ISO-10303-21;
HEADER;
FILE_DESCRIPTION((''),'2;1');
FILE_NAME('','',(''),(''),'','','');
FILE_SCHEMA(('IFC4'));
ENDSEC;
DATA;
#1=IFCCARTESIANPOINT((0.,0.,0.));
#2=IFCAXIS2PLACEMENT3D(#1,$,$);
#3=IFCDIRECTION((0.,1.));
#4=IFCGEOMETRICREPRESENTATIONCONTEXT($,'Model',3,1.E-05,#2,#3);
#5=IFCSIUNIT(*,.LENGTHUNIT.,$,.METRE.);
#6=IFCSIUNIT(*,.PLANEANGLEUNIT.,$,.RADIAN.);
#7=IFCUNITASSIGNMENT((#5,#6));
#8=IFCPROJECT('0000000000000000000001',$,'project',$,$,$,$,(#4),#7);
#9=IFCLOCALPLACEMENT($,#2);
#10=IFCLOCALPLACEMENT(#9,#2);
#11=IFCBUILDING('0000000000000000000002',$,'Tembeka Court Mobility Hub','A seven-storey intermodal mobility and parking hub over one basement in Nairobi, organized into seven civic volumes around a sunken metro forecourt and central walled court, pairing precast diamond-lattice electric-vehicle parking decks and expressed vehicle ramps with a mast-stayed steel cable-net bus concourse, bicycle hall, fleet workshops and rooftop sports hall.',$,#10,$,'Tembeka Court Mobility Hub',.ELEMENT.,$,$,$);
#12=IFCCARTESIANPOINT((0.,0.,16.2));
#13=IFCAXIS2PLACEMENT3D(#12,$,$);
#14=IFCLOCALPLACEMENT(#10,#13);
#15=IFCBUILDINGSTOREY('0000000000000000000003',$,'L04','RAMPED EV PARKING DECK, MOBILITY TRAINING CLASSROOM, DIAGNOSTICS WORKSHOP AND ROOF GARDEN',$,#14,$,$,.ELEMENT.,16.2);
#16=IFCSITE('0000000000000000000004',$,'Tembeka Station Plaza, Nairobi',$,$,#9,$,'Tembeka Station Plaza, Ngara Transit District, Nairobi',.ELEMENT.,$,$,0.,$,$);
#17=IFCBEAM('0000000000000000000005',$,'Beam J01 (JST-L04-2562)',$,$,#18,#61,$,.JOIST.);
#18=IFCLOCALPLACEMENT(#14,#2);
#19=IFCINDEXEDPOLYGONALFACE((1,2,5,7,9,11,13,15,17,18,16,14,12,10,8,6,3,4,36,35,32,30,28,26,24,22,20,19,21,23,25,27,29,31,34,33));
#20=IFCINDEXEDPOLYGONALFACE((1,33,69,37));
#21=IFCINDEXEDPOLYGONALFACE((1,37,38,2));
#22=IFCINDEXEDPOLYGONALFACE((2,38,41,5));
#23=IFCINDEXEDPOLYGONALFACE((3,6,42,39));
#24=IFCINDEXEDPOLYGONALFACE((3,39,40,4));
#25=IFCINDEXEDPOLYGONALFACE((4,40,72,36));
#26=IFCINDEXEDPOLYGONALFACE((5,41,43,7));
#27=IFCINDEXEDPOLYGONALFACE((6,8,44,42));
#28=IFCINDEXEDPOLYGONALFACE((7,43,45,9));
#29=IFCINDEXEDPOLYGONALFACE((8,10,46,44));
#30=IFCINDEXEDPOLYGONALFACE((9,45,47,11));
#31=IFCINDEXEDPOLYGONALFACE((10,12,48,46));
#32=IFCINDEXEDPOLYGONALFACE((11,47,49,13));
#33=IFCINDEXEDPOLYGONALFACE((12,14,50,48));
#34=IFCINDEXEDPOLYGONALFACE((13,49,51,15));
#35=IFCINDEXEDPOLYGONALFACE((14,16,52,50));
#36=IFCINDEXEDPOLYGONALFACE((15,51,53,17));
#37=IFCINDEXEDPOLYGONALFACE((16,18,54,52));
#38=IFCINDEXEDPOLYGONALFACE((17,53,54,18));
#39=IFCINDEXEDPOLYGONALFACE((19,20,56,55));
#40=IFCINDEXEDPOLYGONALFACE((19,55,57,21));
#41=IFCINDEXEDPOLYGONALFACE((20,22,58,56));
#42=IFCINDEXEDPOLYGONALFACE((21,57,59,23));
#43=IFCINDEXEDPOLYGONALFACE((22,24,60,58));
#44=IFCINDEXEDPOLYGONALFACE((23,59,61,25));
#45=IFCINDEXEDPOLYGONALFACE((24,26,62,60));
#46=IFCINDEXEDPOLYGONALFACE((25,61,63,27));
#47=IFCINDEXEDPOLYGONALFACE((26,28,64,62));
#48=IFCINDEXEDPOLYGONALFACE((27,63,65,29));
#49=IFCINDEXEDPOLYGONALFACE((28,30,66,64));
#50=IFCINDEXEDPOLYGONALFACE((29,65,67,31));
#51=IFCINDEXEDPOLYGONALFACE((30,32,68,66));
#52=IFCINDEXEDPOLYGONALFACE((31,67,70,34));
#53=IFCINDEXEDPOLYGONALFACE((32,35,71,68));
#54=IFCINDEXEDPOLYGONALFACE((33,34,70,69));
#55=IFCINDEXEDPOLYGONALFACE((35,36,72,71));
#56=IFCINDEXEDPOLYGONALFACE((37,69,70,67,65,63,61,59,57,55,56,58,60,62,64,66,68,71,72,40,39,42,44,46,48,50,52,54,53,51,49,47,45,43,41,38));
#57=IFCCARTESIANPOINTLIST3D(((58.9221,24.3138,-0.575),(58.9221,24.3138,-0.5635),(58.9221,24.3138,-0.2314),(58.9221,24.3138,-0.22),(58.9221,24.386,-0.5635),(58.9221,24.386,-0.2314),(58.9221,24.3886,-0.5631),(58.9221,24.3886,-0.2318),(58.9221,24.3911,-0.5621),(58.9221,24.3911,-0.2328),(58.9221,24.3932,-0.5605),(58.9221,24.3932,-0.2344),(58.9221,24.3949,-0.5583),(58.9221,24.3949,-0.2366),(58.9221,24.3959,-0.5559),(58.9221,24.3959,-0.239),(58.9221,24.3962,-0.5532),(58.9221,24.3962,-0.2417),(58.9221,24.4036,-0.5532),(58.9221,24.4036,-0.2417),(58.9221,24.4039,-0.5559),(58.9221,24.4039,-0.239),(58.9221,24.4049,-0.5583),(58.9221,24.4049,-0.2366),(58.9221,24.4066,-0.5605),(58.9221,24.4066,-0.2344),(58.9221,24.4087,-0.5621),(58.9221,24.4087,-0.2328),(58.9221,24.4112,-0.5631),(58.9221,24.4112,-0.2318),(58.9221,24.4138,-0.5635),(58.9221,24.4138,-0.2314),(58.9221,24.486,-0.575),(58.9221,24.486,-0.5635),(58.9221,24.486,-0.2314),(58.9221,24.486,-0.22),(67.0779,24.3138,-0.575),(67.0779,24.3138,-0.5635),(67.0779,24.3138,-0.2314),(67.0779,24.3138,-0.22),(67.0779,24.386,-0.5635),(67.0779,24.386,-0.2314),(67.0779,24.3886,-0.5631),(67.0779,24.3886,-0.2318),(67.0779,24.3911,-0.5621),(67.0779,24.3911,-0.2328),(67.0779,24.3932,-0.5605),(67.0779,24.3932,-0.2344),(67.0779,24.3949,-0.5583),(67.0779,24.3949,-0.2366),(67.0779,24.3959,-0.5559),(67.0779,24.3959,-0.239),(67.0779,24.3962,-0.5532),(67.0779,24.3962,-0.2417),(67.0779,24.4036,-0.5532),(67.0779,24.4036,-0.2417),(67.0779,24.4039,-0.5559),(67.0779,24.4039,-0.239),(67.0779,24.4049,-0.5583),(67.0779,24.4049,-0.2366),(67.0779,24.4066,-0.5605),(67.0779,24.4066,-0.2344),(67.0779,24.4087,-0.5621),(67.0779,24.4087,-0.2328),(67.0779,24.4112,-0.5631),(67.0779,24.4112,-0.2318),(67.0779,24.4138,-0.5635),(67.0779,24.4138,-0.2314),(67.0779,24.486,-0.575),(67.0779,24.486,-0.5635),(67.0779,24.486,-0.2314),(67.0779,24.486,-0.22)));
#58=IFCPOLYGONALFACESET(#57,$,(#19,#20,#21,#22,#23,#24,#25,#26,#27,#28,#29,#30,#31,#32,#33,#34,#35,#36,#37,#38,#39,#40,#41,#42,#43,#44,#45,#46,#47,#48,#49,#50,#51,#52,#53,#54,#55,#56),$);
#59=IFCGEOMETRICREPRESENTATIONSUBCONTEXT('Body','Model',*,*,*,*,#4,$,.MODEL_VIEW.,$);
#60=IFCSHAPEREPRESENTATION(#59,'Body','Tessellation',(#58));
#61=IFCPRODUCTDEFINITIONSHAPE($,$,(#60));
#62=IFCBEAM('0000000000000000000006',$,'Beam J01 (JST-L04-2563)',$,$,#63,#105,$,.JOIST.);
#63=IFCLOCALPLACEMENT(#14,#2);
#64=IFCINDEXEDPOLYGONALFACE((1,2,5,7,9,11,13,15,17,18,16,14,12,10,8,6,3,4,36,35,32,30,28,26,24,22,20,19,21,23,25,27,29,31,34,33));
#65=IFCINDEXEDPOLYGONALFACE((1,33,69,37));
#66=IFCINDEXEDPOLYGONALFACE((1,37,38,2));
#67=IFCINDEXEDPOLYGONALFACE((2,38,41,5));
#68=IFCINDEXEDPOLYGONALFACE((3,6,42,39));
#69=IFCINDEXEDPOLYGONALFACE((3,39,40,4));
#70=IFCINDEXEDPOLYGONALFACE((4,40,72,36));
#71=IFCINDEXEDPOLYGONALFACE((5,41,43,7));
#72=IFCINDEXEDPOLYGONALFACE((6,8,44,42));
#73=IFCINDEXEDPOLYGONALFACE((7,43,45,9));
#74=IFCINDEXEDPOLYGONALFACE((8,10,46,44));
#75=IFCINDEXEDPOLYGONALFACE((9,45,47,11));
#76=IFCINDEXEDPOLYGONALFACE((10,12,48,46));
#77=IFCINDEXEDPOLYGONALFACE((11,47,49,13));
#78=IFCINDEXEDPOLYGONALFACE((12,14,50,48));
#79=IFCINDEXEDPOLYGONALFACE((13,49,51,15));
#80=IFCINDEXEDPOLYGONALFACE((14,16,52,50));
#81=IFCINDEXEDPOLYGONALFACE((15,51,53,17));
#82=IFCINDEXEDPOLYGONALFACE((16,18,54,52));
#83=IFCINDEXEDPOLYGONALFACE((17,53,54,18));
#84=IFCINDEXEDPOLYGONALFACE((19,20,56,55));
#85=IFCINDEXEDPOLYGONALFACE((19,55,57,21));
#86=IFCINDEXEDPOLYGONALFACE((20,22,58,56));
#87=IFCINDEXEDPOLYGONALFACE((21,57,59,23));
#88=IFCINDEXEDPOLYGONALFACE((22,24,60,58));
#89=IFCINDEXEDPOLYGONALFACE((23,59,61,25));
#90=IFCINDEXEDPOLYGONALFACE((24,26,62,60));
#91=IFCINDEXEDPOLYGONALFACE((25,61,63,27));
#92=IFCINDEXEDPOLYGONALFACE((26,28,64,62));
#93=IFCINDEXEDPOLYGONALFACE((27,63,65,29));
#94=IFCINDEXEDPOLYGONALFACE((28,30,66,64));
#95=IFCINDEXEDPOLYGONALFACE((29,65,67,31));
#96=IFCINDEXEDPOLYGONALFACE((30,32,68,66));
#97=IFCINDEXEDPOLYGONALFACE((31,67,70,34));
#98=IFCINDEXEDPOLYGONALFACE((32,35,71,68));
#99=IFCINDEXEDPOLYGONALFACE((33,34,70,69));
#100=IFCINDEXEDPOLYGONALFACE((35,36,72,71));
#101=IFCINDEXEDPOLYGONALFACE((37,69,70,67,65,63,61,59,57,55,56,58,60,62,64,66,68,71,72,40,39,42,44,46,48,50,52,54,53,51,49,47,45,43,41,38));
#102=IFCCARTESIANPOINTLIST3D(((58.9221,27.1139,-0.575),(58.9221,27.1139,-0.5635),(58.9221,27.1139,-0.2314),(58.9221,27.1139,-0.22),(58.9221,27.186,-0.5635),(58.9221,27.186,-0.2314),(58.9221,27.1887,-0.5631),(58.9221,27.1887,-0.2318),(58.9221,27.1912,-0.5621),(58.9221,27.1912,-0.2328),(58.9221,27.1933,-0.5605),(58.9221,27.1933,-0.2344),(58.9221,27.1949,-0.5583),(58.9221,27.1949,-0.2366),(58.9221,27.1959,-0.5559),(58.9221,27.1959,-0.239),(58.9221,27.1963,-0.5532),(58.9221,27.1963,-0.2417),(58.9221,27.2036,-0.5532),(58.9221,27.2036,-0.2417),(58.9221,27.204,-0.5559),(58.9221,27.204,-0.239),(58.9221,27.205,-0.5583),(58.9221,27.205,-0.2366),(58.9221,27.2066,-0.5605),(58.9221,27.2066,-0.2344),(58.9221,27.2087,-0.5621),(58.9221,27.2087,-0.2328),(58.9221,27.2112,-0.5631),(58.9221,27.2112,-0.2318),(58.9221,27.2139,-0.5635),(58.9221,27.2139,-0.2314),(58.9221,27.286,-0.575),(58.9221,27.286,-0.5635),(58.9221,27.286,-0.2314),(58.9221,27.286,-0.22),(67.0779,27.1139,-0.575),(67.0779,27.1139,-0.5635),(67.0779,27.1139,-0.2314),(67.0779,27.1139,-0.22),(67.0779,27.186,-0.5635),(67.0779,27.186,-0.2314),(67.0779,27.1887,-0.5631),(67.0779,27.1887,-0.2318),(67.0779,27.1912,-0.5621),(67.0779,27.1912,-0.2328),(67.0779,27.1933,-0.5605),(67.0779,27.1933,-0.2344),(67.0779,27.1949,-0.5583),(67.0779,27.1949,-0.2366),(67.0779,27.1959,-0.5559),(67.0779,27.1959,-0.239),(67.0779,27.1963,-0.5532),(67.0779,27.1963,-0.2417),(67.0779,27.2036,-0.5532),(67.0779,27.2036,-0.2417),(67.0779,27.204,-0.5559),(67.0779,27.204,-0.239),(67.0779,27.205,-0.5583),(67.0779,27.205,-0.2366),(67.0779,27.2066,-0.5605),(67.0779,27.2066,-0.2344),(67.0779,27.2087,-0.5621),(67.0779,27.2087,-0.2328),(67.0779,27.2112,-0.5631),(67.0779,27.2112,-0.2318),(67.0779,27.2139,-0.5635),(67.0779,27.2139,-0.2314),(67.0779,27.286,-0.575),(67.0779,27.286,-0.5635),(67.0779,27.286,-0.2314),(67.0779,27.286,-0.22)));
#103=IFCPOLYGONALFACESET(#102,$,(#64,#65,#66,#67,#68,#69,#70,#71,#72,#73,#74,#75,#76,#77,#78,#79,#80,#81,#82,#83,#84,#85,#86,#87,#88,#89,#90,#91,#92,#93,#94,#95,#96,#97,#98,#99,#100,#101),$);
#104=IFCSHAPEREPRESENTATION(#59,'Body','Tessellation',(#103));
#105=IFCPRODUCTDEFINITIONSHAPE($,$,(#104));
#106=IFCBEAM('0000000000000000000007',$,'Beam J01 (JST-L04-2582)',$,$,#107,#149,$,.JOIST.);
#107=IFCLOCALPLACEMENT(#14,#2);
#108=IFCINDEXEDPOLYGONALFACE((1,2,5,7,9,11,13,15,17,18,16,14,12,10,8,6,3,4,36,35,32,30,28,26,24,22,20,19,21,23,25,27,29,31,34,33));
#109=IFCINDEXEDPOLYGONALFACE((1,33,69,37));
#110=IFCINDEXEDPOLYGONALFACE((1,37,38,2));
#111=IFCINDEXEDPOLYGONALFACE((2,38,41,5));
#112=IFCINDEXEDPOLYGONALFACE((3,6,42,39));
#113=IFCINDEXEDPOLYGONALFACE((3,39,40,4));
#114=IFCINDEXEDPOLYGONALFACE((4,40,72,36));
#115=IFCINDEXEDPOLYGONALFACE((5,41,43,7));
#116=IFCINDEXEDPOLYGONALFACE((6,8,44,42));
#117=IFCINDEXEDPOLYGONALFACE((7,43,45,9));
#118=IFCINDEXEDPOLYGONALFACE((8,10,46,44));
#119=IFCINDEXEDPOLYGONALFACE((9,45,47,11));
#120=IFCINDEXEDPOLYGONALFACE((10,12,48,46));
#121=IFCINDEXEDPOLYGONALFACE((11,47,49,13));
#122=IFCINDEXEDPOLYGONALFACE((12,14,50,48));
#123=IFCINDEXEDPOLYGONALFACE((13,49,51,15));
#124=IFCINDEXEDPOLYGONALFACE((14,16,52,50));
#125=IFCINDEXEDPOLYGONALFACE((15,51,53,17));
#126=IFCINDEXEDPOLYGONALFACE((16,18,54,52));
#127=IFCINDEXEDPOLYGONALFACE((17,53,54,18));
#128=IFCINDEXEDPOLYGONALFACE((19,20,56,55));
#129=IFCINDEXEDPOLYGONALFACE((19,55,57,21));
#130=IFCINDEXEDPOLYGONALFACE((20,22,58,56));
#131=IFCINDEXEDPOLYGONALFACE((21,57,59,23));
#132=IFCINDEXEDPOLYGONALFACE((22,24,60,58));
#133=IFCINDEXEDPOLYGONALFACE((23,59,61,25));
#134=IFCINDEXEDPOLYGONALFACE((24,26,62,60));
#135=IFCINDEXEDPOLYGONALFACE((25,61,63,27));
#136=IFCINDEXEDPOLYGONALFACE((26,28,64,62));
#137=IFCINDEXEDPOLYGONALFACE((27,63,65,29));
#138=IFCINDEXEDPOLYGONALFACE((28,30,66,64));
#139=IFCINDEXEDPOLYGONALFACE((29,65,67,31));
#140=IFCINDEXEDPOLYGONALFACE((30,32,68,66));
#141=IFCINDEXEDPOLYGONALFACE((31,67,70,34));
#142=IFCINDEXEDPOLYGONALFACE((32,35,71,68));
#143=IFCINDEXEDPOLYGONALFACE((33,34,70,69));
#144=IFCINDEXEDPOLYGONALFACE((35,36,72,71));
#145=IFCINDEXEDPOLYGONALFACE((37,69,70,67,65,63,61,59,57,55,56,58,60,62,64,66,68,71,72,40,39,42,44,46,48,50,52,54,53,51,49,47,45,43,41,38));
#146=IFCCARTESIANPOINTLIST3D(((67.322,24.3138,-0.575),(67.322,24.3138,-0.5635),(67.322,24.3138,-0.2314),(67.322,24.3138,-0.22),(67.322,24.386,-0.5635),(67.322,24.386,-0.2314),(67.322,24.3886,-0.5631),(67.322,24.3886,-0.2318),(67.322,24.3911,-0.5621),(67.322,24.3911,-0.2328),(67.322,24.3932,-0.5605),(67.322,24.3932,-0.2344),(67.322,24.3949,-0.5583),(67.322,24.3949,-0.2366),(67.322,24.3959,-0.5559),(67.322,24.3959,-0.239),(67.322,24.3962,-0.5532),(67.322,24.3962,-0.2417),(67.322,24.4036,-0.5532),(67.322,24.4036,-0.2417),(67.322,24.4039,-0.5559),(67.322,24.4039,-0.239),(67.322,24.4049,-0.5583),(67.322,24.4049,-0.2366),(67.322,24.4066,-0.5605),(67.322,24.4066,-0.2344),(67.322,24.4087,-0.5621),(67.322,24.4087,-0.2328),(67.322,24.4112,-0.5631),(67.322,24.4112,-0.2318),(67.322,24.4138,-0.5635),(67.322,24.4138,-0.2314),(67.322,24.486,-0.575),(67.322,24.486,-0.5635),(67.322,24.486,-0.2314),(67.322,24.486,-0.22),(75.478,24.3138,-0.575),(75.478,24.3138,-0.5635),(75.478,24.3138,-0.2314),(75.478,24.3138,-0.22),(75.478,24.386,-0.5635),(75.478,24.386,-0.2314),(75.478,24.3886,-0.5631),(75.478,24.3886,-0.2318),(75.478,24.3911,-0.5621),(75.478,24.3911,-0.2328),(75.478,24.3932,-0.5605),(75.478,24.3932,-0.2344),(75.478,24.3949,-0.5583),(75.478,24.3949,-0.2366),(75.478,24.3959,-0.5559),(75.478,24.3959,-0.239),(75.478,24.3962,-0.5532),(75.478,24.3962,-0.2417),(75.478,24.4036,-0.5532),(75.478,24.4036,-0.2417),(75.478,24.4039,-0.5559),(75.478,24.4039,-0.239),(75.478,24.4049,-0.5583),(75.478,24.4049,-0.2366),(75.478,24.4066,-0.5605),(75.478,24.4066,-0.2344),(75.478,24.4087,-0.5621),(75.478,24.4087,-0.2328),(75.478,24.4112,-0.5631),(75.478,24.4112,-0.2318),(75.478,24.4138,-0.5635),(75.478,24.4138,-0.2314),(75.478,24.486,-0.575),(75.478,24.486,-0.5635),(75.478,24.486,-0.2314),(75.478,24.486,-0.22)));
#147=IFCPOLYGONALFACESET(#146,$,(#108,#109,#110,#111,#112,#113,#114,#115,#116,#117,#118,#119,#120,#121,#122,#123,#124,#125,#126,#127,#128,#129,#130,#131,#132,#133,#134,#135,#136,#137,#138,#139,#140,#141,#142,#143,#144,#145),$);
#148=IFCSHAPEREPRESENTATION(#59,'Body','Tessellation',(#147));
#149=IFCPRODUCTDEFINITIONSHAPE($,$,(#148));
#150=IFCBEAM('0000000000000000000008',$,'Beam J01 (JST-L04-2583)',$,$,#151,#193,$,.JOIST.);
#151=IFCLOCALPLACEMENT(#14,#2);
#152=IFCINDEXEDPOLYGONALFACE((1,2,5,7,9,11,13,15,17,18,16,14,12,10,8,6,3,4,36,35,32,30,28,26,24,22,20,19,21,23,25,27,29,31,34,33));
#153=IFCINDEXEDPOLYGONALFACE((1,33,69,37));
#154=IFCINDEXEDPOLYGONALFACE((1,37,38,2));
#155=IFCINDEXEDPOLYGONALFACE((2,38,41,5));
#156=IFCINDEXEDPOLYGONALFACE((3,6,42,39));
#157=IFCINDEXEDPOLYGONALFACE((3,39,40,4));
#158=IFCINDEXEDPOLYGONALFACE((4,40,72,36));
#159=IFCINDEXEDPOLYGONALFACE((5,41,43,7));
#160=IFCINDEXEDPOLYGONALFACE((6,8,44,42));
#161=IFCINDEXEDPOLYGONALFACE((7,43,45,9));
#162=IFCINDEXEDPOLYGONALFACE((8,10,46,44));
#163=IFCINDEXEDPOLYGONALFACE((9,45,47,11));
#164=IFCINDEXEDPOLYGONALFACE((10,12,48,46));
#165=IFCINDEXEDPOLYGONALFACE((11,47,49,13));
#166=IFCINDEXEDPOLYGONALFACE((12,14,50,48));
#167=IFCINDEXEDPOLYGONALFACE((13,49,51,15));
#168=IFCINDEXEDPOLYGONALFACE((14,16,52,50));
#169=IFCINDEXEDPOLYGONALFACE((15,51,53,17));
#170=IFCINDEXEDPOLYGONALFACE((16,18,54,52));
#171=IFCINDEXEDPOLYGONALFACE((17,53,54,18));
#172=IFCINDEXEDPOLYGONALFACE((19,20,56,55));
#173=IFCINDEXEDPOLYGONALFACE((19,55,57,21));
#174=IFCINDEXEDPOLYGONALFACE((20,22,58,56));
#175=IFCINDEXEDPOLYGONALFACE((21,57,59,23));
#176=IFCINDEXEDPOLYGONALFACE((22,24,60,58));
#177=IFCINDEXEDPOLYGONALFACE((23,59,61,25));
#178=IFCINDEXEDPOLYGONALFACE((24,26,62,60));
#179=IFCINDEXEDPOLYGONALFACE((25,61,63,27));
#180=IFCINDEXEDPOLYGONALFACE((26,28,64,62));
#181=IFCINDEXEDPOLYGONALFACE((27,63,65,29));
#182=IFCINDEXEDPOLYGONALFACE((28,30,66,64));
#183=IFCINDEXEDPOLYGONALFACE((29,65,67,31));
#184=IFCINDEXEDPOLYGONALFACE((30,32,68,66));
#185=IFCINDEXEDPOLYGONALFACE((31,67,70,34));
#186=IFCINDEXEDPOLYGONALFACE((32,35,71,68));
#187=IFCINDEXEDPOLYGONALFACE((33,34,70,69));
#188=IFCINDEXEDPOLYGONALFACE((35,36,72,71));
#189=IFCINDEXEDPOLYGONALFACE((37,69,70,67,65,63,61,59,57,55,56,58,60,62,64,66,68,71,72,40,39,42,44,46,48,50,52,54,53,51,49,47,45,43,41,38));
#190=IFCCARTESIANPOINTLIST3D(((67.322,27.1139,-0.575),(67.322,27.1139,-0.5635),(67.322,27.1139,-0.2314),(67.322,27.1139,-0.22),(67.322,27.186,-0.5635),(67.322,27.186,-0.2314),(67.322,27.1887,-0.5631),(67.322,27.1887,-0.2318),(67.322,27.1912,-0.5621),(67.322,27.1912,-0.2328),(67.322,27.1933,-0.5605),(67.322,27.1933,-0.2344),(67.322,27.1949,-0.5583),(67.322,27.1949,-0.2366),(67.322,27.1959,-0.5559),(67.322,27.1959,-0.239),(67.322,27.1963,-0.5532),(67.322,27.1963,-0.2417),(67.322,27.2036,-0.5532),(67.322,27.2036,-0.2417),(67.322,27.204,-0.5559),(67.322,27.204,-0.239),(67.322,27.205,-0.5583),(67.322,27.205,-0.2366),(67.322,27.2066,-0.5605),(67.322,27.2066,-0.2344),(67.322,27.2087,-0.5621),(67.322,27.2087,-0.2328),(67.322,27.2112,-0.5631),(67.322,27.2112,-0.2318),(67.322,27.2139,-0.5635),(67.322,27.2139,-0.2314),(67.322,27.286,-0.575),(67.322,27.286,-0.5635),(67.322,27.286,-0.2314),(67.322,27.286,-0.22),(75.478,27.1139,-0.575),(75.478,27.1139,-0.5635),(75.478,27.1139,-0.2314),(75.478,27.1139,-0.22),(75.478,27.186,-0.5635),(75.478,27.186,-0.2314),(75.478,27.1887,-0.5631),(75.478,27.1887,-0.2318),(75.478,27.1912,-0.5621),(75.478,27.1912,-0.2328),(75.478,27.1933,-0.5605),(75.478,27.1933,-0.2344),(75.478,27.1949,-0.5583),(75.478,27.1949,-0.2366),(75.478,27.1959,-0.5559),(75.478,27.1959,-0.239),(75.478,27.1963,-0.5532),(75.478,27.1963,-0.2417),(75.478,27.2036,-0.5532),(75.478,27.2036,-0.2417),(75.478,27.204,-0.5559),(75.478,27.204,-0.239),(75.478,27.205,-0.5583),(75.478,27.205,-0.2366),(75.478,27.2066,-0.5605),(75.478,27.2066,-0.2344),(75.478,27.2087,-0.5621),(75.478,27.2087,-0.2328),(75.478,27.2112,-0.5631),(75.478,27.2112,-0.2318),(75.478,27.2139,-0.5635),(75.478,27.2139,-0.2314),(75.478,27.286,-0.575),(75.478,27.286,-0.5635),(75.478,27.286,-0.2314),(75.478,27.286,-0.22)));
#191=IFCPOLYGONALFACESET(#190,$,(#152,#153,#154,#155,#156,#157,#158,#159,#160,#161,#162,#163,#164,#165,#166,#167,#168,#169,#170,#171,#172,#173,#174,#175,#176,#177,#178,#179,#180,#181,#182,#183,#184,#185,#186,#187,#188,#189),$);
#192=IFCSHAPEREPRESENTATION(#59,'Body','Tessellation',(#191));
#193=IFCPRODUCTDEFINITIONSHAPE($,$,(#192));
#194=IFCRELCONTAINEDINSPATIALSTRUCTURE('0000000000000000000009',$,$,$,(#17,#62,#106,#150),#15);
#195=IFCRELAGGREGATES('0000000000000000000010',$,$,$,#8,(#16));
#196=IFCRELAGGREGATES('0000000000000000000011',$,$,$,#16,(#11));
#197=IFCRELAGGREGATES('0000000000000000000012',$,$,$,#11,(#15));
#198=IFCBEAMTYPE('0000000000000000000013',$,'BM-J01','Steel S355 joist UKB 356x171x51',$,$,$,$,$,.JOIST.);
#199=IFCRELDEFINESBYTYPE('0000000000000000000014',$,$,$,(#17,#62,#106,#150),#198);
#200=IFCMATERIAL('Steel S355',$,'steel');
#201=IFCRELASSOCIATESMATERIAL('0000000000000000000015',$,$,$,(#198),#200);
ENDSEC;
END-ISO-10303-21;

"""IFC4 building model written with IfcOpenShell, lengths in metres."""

from ifc_helpers import new_model, si_unit, direction, frame, origin, origin_2d, place, context, subcontext, project, spatial, i_section, extrude, material, material_profile, profile_set, type_object, element, save


model = new_model("IFC4")

# Units and contexts
model_context = context("Model", 3, precision=1e-05, world=origin(), true_north=direction((0.0, 1.0)))
body_context = subcontext(model_context, "Body", "Model", "MODEL_VIEW")
ifc_project = project(units=[si_unit("LENGTHUNIT", "METRE"), si_unit("PLANEANGLEUNIT", "RADIAN")], contexts=[model_context])

# Site, building, storey
site_placement = place(None, origin())
site = spatial("IfcSite", under=ifc_project, at=site_placement, Name="Tembeka Station Plaza, Nairobi", LongName="Tembeka Station Plaza, Ngara Transit District, Nairobi", CompositionType="ELEMENT", RefElevation=0.0)
building_placement = place(site_placement, origin())
building = spatial("IfcBuilding", under=site, at=building_placement, Name="Tembeka Court Mobility Hub", Description="A seven-storey intermodal mobility and parking hub over one basement in Nairobi, organized into seven civic volumes around a sunken metro forecourt and central walled court, pairing precast diamond-lattice electric-vehicle parking decks and expressed vehicle ramps with a mast-stayed steel cable-net bus concourse, bicycle hall, fleet workshops and rooftop sports hall.", LongName="Tembeka Court Mobility Hub", CompositionType="ELEMENT")
storey_placement = place(building_placement, frame((0.0, 0.0, 16.2)))
storey = spatial("IfcBuildingStorey", under=building, at=storey_placement, Name="L04", Description="RAMPED EV PARKING DECK, MOBILITY TRAINING CLASSROOM, DIAGNOSTICS WORKSHOP AND ROOF GARDEN", CompositionType="ELEMENT", Elevation=16.2)

# Shared definitions
ifc_material_1 = material(Name="Steel S355", Category="steel")

# Beams
ifc_material_profile_1 = material_profile(ifc_material_1, i_section(OverallWidth=0.1721, OverallDepth=0.355, WebThickness=0.0073, FlangeThickness=0.0115, FilletRadius=0.0103, at=origin_2d()), Name="UKB 356x171x51")
ifc_profile_set_1 = profile_set([ifc_material_profile_1], Name="Steel S355")
beam_type_1 = type_object("IfcBeamType", Name="BM-J01", Description="Steel S355 joist UKB 356x171x51", PredefinedType="JOIST", material=ifc_profile_set_1)
for number, where, z_axis, x_axis, name in (
    (1, (58.9221, 24.3999, -0.3975), (1.0, 0.0, 0.0), (0.0, 1.0, 0.0), "Beam J01 (JST-L04-2562)"),
    (2, (58.9221, 27.2, -0.3975), (1.0, 0.0, 0.0), (0.0, 1.0, 0.0), "Beam J01 (JST-L04-2563)"),
):
    element("IfcBeam", number, at=place(storey_placement, frame(where, z_axis=z_axis, x_axis=x_axis)), inside=storey, type_object=beam_type_1, Name=name, PredefinedType="JOIST", context=body_context, shape_type="SweptSolid", body=[
        extrude(i_section(OverallWidth=0.1721, OverallDepth=0.355, WebThickness=0.0073, FlangeThickness=0.0115, FilletRadius=0.0103, at=origin_2d()), origin(), (0.0, 0.0, 1.0), 8.1558),
    ])
for number, where, z_axis, x_axis, name in (
    (3, (67.322, 24.3999, -0.3975), (1.0, 0.0, 0.0), (0.0, 1.0, 0.0), "Beam J01 (JST-L04-2582)"),
    (4, (67.322, 27.2, -0.3975), (1.0, 0.0, 0.0), (0.0, 1.0, 0.0), "Beam J01 (JST-L04-2583)"),
):
    element("IfcBeam", number, at=place(storey_placement, frame(where, z_axis=z_axis, x_axis=x_axis)), inside=storey, type_object=beam_type_1, Name=name, PredefinedType="JOIST", context=body_context, shape_type="SweptSolid", body=[
        extrude(i_section(OverallWidth=0.1721, OverallDepth=0.355, WebThickness=0.0073, FlangeThickness=0.0115, FilletRadius=0.0103, at=origin_2d()), origin(), (0.0, 0.0, 1.0), 8.156),
    ])

save(model, "model.ifc")
